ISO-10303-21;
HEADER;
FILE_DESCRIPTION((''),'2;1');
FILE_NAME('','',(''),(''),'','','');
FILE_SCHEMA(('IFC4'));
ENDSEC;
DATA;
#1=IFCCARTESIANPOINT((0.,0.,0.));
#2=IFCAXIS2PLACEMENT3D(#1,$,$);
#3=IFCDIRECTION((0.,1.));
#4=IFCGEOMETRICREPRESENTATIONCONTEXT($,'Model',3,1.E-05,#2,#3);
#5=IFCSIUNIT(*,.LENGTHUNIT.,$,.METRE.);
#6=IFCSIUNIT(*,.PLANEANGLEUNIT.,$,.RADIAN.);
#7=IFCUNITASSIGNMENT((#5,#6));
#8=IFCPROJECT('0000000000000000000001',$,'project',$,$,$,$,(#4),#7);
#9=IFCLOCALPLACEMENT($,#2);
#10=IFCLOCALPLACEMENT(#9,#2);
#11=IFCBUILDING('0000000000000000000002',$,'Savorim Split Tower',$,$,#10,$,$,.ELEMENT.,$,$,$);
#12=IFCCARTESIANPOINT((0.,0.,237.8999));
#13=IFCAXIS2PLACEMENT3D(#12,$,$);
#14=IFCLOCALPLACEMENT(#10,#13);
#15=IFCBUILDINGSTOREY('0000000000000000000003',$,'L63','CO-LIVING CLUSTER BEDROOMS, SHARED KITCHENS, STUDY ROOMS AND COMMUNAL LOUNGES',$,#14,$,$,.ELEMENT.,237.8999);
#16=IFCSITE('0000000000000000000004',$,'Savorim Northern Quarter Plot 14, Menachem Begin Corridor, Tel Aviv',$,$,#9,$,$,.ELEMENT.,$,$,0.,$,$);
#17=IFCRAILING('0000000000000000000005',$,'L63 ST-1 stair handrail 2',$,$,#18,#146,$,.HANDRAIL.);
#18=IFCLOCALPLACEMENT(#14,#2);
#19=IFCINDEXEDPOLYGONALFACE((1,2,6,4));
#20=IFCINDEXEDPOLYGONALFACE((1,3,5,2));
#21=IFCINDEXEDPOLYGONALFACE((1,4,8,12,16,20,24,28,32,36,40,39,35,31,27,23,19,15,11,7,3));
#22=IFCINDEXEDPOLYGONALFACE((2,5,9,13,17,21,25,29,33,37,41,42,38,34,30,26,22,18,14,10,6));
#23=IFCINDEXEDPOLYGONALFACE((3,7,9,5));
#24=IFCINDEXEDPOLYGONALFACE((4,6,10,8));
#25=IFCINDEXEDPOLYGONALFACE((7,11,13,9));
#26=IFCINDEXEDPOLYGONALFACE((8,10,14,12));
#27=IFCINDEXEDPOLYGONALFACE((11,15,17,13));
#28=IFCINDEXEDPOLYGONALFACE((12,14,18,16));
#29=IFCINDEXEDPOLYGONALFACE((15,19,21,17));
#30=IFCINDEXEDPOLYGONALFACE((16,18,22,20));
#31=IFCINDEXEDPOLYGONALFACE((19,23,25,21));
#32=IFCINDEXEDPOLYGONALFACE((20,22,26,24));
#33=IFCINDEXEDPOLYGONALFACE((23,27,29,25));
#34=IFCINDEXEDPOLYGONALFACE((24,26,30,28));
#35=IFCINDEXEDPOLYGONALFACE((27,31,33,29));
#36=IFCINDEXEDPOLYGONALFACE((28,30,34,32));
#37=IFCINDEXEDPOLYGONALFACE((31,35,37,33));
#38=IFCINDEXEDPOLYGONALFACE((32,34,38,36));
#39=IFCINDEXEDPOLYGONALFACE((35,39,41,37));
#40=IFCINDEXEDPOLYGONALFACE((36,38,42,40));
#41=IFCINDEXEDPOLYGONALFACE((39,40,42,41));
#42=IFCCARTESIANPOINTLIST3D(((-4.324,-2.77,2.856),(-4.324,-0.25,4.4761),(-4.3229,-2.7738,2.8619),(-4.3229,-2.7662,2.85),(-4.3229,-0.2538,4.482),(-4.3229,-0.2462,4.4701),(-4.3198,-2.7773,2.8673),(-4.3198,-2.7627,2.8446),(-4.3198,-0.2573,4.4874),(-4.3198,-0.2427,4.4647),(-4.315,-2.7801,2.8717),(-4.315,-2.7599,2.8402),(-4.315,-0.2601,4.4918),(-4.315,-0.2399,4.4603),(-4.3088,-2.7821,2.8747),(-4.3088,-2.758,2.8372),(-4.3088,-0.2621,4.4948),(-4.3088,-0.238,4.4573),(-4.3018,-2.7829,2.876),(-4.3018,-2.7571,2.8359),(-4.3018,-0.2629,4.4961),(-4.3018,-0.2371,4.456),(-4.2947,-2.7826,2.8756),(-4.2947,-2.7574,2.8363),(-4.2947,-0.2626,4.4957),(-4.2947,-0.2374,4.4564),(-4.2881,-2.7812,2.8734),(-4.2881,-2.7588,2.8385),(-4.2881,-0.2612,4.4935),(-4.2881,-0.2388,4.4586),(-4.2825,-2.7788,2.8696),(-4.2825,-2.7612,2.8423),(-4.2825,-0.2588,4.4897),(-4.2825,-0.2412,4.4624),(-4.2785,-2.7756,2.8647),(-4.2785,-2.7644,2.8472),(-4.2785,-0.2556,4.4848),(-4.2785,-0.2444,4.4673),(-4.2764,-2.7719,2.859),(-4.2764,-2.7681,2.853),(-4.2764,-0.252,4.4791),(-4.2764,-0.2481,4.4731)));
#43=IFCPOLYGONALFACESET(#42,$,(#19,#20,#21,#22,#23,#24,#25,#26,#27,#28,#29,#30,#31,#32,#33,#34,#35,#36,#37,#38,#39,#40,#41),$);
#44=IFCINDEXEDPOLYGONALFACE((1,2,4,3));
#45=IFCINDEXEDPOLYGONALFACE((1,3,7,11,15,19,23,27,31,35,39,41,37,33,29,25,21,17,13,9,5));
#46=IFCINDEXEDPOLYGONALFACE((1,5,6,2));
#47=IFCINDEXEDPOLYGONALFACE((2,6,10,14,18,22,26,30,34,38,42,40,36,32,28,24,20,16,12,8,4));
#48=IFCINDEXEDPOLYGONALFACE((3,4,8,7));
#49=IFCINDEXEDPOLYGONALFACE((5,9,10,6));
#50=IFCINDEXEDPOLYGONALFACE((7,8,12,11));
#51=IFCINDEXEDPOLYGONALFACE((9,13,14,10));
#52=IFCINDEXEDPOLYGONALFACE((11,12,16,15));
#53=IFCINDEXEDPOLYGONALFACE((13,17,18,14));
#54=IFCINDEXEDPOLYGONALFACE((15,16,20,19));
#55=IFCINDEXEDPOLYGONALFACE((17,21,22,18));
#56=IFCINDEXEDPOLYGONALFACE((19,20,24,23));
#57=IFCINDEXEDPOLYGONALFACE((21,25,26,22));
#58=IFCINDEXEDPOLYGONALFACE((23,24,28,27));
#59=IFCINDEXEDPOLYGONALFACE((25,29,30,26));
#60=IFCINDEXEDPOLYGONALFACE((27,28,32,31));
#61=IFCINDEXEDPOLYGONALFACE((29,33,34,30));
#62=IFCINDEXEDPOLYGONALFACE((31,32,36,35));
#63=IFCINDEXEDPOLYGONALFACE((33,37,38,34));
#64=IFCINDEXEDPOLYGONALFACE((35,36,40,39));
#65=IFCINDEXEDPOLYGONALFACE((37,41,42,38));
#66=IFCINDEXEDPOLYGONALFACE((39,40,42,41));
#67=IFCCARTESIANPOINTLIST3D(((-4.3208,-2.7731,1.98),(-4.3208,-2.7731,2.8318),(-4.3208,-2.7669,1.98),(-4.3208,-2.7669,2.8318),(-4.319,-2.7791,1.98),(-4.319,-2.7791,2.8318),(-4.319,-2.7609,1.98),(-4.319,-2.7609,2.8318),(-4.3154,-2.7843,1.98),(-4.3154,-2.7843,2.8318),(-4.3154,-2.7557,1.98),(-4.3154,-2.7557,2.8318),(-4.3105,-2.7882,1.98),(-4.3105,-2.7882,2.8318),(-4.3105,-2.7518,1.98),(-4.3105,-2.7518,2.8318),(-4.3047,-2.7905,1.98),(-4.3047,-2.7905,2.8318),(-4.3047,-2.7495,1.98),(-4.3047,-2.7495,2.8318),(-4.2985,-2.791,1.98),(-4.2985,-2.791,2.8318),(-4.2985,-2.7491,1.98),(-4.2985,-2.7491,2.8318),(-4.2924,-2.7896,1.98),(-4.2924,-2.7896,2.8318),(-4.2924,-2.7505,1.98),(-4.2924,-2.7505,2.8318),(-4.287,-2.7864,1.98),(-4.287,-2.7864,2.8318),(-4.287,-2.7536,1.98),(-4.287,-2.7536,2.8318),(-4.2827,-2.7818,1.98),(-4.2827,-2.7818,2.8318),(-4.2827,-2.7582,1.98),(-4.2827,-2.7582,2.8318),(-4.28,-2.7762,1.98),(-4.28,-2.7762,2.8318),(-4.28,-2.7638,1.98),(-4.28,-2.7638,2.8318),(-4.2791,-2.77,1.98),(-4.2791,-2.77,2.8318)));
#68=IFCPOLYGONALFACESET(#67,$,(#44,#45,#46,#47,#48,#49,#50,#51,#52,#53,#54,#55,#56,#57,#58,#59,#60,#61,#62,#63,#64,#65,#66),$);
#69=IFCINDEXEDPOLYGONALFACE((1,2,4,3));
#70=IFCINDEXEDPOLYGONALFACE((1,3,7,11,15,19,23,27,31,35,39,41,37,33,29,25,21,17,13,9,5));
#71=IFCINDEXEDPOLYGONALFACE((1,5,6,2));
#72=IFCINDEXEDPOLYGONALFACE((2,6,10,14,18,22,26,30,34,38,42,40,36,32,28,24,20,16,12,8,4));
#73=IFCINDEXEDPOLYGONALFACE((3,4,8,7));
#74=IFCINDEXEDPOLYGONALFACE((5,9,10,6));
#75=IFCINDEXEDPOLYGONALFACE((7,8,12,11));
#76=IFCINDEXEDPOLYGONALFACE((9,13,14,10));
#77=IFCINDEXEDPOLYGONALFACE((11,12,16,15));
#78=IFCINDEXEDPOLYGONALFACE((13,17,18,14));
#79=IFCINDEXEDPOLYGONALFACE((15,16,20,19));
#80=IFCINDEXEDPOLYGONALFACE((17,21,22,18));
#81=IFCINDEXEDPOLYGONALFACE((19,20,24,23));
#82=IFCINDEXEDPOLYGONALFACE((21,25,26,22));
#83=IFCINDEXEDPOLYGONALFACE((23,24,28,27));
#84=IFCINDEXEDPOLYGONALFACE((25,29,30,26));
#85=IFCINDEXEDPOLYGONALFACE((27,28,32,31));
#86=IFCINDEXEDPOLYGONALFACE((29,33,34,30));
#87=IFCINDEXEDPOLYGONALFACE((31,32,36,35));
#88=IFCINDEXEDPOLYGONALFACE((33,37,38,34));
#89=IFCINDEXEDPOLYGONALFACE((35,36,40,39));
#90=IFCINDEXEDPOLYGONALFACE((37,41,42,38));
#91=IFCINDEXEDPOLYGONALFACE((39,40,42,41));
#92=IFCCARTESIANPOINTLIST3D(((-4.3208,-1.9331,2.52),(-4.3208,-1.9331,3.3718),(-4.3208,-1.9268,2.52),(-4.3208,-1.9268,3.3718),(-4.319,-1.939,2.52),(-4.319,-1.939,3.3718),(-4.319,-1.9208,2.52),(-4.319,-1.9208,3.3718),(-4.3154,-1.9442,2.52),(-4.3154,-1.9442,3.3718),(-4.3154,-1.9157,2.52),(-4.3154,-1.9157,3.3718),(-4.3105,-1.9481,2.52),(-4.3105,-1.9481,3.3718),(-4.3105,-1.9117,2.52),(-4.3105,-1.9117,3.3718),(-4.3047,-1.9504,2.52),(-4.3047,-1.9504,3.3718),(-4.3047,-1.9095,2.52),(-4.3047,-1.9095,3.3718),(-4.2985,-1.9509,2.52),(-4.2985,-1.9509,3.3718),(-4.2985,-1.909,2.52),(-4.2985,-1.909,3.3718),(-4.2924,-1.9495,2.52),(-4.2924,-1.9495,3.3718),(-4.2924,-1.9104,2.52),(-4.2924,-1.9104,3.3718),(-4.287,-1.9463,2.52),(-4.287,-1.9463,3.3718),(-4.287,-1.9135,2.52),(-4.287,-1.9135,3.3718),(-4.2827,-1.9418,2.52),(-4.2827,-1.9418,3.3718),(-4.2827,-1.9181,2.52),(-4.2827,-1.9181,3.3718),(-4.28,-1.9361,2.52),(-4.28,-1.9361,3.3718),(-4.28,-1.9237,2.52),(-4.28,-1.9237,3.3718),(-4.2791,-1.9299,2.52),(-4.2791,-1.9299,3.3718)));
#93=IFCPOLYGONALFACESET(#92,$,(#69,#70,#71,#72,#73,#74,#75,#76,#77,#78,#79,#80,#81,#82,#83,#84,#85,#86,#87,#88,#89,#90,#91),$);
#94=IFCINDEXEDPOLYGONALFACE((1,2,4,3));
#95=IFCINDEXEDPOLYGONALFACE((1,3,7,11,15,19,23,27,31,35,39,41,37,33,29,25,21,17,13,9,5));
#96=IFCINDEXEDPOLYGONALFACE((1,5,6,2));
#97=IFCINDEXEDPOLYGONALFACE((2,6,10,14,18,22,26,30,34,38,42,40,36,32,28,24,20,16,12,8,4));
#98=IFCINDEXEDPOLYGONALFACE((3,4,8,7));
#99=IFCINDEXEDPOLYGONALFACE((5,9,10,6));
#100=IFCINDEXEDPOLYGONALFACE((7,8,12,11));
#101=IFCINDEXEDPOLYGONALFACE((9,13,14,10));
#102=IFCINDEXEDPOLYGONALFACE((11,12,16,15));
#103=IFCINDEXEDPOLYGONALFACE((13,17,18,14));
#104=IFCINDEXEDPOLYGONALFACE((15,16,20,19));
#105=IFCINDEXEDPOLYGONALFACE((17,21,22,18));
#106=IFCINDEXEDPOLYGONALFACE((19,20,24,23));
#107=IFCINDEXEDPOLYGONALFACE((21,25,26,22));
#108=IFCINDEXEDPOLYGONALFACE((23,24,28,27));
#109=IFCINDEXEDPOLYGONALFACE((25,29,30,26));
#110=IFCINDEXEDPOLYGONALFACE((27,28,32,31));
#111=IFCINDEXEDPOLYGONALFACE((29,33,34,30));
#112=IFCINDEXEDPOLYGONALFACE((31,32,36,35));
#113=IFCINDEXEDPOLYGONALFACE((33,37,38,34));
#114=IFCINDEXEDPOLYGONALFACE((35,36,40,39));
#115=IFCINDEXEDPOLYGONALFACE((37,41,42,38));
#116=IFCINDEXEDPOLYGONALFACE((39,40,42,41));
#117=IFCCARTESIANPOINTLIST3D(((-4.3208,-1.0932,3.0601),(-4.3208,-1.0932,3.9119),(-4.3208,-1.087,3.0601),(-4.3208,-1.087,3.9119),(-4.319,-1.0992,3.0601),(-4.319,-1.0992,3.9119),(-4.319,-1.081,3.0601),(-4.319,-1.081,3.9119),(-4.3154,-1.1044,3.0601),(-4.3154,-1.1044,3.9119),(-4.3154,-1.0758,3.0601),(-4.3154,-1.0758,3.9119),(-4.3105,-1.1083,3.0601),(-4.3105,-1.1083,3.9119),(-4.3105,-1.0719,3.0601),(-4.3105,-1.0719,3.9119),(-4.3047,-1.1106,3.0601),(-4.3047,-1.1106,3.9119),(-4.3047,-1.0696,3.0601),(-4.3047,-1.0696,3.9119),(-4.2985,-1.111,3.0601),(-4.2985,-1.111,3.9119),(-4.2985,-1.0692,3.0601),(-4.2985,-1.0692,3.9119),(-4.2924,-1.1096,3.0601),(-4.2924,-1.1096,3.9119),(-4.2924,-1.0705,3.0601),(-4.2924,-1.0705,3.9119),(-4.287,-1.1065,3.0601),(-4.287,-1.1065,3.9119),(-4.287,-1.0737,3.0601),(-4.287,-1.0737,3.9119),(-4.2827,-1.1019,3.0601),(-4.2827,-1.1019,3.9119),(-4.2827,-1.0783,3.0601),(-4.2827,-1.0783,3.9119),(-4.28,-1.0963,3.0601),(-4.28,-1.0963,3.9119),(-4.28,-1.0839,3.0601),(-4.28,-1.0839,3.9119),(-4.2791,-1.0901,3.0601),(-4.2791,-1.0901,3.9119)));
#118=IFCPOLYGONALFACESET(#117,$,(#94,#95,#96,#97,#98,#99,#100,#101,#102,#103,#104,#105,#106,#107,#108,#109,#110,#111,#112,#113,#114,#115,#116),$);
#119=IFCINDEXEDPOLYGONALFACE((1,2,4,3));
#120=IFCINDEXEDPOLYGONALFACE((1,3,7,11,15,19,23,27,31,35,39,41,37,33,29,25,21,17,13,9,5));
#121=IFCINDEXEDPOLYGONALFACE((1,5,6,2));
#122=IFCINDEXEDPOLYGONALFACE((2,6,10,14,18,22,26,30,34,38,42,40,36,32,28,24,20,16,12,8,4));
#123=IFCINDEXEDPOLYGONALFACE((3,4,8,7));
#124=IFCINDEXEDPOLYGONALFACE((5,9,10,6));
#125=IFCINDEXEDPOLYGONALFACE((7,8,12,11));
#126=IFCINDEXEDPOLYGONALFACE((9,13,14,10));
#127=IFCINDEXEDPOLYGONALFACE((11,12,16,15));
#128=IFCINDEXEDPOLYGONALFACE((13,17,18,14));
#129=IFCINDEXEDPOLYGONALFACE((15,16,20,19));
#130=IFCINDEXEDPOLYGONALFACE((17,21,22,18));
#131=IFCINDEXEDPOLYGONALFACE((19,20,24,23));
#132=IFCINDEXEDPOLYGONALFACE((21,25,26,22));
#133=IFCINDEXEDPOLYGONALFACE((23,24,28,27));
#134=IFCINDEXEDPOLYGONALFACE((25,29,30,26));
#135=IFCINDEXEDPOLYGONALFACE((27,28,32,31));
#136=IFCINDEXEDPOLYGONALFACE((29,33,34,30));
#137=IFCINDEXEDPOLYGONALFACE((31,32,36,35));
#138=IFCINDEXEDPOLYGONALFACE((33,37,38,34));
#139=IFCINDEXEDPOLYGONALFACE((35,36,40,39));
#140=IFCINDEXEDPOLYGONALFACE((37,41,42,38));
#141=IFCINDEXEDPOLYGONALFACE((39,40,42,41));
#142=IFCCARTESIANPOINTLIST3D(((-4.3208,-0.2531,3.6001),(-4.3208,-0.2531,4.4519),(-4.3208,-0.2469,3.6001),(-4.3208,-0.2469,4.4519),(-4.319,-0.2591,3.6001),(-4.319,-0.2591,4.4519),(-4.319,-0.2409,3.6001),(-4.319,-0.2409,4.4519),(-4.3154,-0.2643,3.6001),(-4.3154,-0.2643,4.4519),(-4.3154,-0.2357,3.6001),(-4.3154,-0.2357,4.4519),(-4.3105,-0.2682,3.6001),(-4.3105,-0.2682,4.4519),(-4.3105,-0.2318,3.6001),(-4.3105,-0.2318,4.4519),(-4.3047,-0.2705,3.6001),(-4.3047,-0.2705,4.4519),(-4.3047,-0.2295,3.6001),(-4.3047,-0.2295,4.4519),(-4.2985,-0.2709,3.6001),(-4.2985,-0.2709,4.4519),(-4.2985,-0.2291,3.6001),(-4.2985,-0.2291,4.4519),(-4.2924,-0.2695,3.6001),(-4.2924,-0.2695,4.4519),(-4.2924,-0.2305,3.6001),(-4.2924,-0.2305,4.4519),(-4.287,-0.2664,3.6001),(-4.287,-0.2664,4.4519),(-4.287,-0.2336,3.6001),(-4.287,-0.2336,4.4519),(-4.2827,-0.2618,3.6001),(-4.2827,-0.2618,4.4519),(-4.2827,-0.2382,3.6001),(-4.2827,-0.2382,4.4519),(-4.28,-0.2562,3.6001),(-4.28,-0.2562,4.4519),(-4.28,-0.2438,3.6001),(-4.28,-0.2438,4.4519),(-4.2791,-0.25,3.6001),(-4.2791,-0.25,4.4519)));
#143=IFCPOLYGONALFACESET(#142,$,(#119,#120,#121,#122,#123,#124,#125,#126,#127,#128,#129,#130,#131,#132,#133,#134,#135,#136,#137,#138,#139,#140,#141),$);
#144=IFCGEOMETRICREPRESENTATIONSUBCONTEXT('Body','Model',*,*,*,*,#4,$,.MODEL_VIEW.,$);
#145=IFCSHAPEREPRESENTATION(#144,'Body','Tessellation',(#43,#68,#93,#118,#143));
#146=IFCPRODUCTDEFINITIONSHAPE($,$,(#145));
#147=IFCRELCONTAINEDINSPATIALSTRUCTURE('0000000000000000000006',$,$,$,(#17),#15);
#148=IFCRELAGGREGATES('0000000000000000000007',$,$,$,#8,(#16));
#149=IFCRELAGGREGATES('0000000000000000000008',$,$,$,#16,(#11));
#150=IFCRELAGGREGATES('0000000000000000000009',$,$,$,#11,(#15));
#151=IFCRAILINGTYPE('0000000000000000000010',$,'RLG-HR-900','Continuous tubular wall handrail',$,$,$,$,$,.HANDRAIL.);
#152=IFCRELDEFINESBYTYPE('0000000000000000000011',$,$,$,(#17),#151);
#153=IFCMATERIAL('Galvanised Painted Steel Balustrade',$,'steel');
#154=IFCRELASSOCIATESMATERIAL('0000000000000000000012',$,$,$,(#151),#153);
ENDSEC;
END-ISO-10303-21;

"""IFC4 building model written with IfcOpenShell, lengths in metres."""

from ifc_helpers import new_model, si_unit, direction, frame, origin, origin_2d, place, context, subcontext, project, spatial, circle, extrude, material, type_object, element, save


model = new_model("IFC4")

# Units and contexts
model_context = context("Model", 3, precision=1e-05, world=origin(), true_north=direction((0.0, 1.0)))
body_context = subcontext(model_context, "Body", "Model", "MODEL_VIEW")
ifc_project = project(units=[si_unit("LENGTHUNIT", "METRE"), si_unit("PLANEANGLEUNIT", "RADIAN")], contexts=[model_context])

# Site, building, storey
site_placement = place(None, origin())
site = spatial("IfcSite", under=ifc_project, at=site_placement, Name="Savorim Northern Quarter Plot 14, Menachem Begin Corridor, Tel Aviv", CompositionType="ELEMENT", RefElevation=0.0)
building_placement = place(site_placement, origin())
building = spatial("IfcBuilding", under=site, at=building_placement, Name="Savorim Split Tower", CompositionType="ELEMENT")
storey_placement = place(building_placement, frame((0.0, 0.0, 237.8999)))
storey = spatial("IfcBuildingStorey", under=building, at=storey_placement, Name="L63", Description="CO-LIVING CLUSTER BEDROOMS, SHARED KITCHENS, STUDY ROOMS AND COMMUNAL LOUNGES", CompositionType="ELEMENT", Elevation=237.8999)

# Railing
ifc_material_1 = material(Name="Galvanised Painted Steel Balustrade", Category="steel")
railing_type_1 = type_object("IfcRailingType", Name="RLG-HR-900", Description="Continuous tubular wall handrail", PredefinedType="HANDRAIL", material=ifc_material_1)
railing_1_placement = place(storey_placement, frame((-4.3, -2.77, 1.98)))
element("IfcRailing", 1, at=railing_1_placement, inside=storey, type_object=railing_type_1, Name="L63 ST-1 stair handrail 2", PredefinedType="HANDRAIL", context=body_context, shape_type="SweptSolid", body=[
    extrude(circle(Radius=0.0239, at=origin_2d()), frame((0.0, 0.0, 0.876), z_axis=(0.0, 0.841163, 0.540782), x_axis=(-1.0, 0.0, 0.0)), (0.0, 0.0, 1.0), 2.9958),
    extrude(circle(Radius=0.021, at=origin_2d()), origin(), (0.0, 0.0, 1.0), 0.8518),
    extrude(circle(Radius=0.021, at=origin_2d()), frame((0.0, 0.8401, 0.54)), (0.0, 0.0, 1.0), 0.8518),
    extrude(circle(Radius=0.021, at=origin_2d()), frame((0.0, 1.6799, 1.0801)), (0.0, 0.0, 1.0), 0.8518),
    extrude(circle(Radius=0.021, at=origin_2d()), frame((0.0, 2.52, 1.6201)), (0.0, 0.0, 1.0), 0.8518),
])

save(model, "model.ifc")
